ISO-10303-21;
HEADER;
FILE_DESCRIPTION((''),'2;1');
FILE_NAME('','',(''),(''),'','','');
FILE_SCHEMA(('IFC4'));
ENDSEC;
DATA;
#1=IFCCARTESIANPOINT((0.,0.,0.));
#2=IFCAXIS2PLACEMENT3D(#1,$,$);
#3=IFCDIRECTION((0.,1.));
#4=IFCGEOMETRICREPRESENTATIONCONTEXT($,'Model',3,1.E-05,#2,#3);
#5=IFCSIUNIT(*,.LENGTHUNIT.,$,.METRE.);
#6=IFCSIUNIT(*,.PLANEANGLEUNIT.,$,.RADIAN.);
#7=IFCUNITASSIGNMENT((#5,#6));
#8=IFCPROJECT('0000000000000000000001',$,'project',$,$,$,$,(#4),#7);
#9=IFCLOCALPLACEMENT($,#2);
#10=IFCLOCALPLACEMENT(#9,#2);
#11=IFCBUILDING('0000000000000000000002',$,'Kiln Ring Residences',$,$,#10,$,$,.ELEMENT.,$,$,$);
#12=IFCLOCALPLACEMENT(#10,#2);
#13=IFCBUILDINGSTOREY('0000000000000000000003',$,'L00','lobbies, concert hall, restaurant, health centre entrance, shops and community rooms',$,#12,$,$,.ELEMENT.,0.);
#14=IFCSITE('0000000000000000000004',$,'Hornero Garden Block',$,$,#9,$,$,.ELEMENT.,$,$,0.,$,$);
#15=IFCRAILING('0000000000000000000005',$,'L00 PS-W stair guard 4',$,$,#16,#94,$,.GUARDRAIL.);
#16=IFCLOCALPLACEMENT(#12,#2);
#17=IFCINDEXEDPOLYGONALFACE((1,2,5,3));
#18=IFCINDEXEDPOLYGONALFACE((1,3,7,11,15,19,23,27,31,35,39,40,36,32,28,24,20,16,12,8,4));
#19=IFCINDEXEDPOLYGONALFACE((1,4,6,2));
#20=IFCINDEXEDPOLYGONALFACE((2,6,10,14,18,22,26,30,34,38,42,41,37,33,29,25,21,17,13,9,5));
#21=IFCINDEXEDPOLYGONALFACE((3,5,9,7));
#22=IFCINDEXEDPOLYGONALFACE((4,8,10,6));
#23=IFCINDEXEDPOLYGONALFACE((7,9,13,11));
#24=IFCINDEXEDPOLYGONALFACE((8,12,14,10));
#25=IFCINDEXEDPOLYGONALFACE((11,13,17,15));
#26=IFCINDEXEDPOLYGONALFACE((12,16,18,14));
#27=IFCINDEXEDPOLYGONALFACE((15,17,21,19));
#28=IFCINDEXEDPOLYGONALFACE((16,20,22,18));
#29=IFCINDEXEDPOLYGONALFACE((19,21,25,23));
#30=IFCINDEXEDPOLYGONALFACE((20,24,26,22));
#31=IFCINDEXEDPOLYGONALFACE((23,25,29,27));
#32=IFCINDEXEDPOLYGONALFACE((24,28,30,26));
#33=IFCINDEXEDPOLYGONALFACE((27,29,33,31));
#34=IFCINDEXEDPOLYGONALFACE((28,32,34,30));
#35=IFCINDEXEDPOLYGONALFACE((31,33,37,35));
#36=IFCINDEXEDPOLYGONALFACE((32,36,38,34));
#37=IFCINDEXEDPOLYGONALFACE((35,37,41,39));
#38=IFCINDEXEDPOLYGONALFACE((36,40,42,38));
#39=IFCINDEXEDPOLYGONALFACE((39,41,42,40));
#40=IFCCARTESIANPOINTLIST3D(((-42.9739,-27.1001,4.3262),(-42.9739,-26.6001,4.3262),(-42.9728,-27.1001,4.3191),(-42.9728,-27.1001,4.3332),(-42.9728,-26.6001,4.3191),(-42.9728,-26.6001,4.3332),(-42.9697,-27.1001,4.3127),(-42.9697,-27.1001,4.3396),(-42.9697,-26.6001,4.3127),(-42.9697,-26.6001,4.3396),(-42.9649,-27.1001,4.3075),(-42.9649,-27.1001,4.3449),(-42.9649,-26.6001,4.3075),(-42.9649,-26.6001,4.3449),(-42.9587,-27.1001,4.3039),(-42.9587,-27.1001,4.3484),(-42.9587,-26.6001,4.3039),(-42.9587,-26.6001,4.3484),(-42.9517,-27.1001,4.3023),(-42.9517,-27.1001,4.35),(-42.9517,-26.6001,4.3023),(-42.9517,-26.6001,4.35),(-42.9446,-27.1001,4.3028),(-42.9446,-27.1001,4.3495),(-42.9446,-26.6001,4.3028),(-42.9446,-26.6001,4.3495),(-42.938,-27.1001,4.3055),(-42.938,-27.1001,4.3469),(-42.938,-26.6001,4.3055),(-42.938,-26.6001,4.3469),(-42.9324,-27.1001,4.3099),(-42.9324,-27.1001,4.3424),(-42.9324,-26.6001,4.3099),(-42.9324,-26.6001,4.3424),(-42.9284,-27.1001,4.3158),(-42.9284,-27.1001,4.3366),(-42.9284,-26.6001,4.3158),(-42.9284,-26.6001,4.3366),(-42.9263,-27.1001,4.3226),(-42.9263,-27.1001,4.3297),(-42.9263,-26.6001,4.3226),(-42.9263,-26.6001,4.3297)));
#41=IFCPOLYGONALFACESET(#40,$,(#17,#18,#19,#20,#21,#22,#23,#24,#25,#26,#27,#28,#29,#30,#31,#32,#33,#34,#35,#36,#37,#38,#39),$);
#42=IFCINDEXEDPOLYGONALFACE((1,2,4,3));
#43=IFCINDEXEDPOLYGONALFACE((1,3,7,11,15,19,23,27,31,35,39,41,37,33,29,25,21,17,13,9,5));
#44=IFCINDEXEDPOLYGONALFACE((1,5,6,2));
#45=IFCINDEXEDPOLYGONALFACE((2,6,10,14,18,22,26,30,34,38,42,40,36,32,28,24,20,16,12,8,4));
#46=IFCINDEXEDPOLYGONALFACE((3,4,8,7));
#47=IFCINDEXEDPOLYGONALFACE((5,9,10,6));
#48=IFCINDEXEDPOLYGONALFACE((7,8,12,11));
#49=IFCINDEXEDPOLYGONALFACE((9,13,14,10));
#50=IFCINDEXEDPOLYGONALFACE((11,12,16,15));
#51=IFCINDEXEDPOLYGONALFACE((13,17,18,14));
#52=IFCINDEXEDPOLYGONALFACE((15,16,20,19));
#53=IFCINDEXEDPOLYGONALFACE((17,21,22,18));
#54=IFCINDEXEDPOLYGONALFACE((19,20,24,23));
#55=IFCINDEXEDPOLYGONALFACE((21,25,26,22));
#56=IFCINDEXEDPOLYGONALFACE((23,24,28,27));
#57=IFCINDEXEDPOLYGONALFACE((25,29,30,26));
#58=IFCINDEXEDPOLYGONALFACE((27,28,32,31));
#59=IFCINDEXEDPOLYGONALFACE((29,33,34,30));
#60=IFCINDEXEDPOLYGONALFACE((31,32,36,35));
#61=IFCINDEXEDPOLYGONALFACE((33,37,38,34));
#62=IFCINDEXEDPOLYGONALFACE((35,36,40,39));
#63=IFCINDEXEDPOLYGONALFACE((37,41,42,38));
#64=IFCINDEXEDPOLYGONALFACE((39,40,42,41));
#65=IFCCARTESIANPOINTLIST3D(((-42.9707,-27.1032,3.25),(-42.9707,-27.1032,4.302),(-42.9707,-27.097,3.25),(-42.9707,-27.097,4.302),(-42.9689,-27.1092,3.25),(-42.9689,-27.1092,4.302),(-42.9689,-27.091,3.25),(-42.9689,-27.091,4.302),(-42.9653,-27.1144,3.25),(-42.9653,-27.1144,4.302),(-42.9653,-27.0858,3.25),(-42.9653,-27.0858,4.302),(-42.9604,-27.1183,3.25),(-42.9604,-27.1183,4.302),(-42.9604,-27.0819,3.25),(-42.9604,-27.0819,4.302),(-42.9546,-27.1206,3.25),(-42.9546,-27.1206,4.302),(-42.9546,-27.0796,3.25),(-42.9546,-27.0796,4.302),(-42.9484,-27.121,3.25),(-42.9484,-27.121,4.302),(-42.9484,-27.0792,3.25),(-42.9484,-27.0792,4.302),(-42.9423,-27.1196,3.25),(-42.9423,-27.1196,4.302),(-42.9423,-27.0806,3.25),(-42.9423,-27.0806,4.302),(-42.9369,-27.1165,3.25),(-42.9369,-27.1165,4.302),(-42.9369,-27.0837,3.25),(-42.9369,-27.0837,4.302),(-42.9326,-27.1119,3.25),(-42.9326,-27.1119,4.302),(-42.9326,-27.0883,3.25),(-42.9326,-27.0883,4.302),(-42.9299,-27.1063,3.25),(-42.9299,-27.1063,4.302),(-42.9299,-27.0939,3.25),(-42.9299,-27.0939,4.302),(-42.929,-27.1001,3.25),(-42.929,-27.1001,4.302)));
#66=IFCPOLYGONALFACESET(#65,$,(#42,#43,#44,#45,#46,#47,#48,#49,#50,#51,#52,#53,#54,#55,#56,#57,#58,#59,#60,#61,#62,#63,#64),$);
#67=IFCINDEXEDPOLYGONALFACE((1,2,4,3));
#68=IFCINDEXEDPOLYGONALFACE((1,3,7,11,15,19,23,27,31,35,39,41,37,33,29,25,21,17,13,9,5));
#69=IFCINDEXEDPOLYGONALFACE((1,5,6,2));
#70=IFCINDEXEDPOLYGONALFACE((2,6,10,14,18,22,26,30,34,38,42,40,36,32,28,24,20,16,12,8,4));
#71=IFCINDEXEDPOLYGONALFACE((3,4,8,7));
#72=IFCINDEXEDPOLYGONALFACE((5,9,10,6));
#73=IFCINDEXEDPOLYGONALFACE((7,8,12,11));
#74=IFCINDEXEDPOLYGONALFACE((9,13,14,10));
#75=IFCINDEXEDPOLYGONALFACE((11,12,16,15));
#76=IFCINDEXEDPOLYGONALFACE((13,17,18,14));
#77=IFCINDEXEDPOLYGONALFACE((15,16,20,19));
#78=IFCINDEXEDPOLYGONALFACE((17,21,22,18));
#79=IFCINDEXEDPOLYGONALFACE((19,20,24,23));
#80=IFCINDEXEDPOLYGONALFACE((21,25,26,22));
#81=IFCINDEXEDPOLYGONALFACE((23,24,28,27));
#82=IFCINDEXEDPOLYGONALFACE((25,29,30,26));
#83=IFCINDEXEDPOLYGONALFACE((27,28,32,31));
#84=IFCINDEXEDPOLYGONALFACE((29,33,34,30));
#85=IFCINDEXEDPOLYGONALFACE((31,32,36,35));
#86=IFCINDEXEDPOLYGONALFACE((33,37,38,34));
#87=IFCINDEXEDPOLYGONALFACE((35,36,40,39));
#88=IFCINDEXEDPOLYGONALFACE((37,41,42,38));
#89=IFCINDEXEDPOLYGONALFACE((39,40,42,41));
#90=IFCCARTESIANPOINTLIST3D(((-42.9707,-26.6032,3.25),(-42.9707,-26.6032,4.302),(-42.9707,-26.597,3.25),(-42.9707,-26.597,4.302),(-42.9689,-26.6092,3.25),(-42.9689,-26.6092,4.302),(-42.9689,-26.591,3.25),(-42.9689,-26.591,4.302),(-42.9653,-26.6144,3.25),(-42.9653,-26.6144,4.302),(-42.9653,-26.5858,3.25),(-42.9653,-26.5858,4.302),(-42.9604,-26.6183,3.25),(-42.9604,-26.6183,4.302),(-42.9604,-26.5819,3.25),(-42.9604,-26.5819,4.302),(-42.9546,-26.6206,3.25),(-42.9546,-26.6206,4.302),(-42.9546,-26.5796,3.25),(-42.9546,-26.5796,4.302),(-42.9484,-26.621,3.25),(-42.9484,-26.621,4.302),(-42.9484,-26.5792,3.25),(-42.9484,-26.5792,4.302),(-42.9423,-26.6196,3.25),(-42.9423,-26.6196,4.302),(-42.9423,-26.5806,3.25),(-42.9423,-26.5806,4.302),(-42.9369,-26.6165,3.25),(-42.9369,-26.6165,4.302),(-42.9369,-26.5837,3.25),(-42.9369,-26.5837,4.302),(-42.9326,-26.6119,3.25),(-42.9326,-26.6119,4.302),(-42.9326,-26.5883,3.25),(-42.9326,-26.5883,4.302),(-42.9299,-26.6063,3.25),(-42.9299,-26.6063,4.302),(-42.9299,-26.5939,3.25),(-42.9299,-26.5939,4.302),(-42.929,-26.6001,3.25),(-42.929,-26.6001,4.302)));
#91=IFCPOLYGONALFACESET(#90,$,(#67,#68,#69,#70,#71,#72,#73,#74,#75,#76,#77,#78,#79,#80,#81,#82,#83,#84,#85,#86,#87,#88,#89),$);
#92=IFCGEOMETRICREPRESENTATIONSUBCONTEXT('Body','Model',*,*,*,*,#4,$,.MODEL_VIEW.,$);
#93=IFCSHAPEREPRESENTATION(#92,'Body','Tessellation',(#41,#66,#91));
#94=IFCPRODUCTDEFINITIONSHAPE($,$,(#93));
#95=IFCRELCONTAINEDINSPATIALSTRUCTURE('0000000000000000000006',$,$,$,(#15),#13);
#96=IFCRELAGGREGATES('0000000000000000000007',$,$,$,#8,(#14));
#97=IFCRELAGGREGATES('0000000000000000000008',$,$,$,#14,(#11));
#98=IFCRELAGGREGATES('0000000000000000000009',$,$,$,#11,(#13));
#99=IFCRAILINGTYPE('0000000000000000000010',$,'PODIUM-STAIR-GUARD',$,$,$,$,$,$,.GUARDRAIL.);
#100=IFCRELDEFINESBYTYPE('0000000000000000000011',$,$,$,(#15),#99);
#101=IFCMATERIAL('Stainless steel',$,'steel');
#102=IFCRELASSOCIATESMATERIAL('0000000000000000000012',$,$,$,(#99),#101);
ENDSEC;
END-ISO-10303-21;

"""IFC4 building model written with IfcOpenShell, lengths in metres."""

from ifc_helpers import new_model, si_unit, direction, frame, origin, origin_2d, place, context, subcontext, project, spatial, circle, extrude, material, type_object, element, save


model = new_model("IFC4")

# Units and contexts
model_context = context("Model", 3, precision=1e-05, world=origin(), true_north=direction((0.0, 1.0)))
body_context = subcontext(model_context, "Body", "Model", "MODEL_VIEW")
ifc_project = project(units=[si_unit("LENGTHUNIT", "METRE"), si_unit("PLANEANGLEUNIT", "RADIAN")], contexts=[model_context])

# Site, building, storey
site_placement = place(None, origin())
site = spatial("IfcSite", under=ifc_project, at=site_placement, Name="Hornero Garden Block", CompositionType="ELEMENT", RefElevation=0.0)
building_placement = place(site_placement, origin())
building = spatial("IfcBuilding", under=site, at=building_placement, Name="Kiln Ring Residences", CompositionType="ELEMENT")
storey_placement = place(building_placement, origin())
storey = spatial("IfcBuildingStorey", under=building, at=storey_placement, Name="L00", Description="lobbies, concert hall, restaurant, health centre entrance, shops and community rooms", CompositionType="ELEMENT", Elevation=0.0)

# Railing
ifc_material_1 = material(Name="Stainless steel", Category="steel")
railing_type_1 = type_object("IfcRailingType", Name="PODIUM-STAIR-GUARD", PredefinedType="GUARDRAIL", material=ifc_material_1)
railing_1_placement = place(storey_placement, frame((-42.95, -27.1001, 3.25)))
element("IfcRailing", 1, at=railing_1_placement, inside=storey, type_object=railing_type_1, Name="L00 PS-W stair guard 4", PredefinedType="GUARDRAIL", context=body_context, shape_type="SweptSolid", body=[
    extrude(circle(Radius=0.0239, at=origin_2d()), frame((0.0, 0.0, 1.0762), z_axis=(0.0, 1.0, 0.0), x_axis=(-1.0, 0.0, 0.0)), (0.0, 0.0, 1.0), 0.5),
    extrude(circle(Radius=0.021, at=origin_2d()), origin(), (0.0, 0.0, 1.0), 1.052),
    extrude(circle(Radius=0.021, at=origin_2d()), frame((0.0, 0.5, 0.0)), (0.0, 0.0, 1.0), 1.052),
])

save(model, "model.ifc")
